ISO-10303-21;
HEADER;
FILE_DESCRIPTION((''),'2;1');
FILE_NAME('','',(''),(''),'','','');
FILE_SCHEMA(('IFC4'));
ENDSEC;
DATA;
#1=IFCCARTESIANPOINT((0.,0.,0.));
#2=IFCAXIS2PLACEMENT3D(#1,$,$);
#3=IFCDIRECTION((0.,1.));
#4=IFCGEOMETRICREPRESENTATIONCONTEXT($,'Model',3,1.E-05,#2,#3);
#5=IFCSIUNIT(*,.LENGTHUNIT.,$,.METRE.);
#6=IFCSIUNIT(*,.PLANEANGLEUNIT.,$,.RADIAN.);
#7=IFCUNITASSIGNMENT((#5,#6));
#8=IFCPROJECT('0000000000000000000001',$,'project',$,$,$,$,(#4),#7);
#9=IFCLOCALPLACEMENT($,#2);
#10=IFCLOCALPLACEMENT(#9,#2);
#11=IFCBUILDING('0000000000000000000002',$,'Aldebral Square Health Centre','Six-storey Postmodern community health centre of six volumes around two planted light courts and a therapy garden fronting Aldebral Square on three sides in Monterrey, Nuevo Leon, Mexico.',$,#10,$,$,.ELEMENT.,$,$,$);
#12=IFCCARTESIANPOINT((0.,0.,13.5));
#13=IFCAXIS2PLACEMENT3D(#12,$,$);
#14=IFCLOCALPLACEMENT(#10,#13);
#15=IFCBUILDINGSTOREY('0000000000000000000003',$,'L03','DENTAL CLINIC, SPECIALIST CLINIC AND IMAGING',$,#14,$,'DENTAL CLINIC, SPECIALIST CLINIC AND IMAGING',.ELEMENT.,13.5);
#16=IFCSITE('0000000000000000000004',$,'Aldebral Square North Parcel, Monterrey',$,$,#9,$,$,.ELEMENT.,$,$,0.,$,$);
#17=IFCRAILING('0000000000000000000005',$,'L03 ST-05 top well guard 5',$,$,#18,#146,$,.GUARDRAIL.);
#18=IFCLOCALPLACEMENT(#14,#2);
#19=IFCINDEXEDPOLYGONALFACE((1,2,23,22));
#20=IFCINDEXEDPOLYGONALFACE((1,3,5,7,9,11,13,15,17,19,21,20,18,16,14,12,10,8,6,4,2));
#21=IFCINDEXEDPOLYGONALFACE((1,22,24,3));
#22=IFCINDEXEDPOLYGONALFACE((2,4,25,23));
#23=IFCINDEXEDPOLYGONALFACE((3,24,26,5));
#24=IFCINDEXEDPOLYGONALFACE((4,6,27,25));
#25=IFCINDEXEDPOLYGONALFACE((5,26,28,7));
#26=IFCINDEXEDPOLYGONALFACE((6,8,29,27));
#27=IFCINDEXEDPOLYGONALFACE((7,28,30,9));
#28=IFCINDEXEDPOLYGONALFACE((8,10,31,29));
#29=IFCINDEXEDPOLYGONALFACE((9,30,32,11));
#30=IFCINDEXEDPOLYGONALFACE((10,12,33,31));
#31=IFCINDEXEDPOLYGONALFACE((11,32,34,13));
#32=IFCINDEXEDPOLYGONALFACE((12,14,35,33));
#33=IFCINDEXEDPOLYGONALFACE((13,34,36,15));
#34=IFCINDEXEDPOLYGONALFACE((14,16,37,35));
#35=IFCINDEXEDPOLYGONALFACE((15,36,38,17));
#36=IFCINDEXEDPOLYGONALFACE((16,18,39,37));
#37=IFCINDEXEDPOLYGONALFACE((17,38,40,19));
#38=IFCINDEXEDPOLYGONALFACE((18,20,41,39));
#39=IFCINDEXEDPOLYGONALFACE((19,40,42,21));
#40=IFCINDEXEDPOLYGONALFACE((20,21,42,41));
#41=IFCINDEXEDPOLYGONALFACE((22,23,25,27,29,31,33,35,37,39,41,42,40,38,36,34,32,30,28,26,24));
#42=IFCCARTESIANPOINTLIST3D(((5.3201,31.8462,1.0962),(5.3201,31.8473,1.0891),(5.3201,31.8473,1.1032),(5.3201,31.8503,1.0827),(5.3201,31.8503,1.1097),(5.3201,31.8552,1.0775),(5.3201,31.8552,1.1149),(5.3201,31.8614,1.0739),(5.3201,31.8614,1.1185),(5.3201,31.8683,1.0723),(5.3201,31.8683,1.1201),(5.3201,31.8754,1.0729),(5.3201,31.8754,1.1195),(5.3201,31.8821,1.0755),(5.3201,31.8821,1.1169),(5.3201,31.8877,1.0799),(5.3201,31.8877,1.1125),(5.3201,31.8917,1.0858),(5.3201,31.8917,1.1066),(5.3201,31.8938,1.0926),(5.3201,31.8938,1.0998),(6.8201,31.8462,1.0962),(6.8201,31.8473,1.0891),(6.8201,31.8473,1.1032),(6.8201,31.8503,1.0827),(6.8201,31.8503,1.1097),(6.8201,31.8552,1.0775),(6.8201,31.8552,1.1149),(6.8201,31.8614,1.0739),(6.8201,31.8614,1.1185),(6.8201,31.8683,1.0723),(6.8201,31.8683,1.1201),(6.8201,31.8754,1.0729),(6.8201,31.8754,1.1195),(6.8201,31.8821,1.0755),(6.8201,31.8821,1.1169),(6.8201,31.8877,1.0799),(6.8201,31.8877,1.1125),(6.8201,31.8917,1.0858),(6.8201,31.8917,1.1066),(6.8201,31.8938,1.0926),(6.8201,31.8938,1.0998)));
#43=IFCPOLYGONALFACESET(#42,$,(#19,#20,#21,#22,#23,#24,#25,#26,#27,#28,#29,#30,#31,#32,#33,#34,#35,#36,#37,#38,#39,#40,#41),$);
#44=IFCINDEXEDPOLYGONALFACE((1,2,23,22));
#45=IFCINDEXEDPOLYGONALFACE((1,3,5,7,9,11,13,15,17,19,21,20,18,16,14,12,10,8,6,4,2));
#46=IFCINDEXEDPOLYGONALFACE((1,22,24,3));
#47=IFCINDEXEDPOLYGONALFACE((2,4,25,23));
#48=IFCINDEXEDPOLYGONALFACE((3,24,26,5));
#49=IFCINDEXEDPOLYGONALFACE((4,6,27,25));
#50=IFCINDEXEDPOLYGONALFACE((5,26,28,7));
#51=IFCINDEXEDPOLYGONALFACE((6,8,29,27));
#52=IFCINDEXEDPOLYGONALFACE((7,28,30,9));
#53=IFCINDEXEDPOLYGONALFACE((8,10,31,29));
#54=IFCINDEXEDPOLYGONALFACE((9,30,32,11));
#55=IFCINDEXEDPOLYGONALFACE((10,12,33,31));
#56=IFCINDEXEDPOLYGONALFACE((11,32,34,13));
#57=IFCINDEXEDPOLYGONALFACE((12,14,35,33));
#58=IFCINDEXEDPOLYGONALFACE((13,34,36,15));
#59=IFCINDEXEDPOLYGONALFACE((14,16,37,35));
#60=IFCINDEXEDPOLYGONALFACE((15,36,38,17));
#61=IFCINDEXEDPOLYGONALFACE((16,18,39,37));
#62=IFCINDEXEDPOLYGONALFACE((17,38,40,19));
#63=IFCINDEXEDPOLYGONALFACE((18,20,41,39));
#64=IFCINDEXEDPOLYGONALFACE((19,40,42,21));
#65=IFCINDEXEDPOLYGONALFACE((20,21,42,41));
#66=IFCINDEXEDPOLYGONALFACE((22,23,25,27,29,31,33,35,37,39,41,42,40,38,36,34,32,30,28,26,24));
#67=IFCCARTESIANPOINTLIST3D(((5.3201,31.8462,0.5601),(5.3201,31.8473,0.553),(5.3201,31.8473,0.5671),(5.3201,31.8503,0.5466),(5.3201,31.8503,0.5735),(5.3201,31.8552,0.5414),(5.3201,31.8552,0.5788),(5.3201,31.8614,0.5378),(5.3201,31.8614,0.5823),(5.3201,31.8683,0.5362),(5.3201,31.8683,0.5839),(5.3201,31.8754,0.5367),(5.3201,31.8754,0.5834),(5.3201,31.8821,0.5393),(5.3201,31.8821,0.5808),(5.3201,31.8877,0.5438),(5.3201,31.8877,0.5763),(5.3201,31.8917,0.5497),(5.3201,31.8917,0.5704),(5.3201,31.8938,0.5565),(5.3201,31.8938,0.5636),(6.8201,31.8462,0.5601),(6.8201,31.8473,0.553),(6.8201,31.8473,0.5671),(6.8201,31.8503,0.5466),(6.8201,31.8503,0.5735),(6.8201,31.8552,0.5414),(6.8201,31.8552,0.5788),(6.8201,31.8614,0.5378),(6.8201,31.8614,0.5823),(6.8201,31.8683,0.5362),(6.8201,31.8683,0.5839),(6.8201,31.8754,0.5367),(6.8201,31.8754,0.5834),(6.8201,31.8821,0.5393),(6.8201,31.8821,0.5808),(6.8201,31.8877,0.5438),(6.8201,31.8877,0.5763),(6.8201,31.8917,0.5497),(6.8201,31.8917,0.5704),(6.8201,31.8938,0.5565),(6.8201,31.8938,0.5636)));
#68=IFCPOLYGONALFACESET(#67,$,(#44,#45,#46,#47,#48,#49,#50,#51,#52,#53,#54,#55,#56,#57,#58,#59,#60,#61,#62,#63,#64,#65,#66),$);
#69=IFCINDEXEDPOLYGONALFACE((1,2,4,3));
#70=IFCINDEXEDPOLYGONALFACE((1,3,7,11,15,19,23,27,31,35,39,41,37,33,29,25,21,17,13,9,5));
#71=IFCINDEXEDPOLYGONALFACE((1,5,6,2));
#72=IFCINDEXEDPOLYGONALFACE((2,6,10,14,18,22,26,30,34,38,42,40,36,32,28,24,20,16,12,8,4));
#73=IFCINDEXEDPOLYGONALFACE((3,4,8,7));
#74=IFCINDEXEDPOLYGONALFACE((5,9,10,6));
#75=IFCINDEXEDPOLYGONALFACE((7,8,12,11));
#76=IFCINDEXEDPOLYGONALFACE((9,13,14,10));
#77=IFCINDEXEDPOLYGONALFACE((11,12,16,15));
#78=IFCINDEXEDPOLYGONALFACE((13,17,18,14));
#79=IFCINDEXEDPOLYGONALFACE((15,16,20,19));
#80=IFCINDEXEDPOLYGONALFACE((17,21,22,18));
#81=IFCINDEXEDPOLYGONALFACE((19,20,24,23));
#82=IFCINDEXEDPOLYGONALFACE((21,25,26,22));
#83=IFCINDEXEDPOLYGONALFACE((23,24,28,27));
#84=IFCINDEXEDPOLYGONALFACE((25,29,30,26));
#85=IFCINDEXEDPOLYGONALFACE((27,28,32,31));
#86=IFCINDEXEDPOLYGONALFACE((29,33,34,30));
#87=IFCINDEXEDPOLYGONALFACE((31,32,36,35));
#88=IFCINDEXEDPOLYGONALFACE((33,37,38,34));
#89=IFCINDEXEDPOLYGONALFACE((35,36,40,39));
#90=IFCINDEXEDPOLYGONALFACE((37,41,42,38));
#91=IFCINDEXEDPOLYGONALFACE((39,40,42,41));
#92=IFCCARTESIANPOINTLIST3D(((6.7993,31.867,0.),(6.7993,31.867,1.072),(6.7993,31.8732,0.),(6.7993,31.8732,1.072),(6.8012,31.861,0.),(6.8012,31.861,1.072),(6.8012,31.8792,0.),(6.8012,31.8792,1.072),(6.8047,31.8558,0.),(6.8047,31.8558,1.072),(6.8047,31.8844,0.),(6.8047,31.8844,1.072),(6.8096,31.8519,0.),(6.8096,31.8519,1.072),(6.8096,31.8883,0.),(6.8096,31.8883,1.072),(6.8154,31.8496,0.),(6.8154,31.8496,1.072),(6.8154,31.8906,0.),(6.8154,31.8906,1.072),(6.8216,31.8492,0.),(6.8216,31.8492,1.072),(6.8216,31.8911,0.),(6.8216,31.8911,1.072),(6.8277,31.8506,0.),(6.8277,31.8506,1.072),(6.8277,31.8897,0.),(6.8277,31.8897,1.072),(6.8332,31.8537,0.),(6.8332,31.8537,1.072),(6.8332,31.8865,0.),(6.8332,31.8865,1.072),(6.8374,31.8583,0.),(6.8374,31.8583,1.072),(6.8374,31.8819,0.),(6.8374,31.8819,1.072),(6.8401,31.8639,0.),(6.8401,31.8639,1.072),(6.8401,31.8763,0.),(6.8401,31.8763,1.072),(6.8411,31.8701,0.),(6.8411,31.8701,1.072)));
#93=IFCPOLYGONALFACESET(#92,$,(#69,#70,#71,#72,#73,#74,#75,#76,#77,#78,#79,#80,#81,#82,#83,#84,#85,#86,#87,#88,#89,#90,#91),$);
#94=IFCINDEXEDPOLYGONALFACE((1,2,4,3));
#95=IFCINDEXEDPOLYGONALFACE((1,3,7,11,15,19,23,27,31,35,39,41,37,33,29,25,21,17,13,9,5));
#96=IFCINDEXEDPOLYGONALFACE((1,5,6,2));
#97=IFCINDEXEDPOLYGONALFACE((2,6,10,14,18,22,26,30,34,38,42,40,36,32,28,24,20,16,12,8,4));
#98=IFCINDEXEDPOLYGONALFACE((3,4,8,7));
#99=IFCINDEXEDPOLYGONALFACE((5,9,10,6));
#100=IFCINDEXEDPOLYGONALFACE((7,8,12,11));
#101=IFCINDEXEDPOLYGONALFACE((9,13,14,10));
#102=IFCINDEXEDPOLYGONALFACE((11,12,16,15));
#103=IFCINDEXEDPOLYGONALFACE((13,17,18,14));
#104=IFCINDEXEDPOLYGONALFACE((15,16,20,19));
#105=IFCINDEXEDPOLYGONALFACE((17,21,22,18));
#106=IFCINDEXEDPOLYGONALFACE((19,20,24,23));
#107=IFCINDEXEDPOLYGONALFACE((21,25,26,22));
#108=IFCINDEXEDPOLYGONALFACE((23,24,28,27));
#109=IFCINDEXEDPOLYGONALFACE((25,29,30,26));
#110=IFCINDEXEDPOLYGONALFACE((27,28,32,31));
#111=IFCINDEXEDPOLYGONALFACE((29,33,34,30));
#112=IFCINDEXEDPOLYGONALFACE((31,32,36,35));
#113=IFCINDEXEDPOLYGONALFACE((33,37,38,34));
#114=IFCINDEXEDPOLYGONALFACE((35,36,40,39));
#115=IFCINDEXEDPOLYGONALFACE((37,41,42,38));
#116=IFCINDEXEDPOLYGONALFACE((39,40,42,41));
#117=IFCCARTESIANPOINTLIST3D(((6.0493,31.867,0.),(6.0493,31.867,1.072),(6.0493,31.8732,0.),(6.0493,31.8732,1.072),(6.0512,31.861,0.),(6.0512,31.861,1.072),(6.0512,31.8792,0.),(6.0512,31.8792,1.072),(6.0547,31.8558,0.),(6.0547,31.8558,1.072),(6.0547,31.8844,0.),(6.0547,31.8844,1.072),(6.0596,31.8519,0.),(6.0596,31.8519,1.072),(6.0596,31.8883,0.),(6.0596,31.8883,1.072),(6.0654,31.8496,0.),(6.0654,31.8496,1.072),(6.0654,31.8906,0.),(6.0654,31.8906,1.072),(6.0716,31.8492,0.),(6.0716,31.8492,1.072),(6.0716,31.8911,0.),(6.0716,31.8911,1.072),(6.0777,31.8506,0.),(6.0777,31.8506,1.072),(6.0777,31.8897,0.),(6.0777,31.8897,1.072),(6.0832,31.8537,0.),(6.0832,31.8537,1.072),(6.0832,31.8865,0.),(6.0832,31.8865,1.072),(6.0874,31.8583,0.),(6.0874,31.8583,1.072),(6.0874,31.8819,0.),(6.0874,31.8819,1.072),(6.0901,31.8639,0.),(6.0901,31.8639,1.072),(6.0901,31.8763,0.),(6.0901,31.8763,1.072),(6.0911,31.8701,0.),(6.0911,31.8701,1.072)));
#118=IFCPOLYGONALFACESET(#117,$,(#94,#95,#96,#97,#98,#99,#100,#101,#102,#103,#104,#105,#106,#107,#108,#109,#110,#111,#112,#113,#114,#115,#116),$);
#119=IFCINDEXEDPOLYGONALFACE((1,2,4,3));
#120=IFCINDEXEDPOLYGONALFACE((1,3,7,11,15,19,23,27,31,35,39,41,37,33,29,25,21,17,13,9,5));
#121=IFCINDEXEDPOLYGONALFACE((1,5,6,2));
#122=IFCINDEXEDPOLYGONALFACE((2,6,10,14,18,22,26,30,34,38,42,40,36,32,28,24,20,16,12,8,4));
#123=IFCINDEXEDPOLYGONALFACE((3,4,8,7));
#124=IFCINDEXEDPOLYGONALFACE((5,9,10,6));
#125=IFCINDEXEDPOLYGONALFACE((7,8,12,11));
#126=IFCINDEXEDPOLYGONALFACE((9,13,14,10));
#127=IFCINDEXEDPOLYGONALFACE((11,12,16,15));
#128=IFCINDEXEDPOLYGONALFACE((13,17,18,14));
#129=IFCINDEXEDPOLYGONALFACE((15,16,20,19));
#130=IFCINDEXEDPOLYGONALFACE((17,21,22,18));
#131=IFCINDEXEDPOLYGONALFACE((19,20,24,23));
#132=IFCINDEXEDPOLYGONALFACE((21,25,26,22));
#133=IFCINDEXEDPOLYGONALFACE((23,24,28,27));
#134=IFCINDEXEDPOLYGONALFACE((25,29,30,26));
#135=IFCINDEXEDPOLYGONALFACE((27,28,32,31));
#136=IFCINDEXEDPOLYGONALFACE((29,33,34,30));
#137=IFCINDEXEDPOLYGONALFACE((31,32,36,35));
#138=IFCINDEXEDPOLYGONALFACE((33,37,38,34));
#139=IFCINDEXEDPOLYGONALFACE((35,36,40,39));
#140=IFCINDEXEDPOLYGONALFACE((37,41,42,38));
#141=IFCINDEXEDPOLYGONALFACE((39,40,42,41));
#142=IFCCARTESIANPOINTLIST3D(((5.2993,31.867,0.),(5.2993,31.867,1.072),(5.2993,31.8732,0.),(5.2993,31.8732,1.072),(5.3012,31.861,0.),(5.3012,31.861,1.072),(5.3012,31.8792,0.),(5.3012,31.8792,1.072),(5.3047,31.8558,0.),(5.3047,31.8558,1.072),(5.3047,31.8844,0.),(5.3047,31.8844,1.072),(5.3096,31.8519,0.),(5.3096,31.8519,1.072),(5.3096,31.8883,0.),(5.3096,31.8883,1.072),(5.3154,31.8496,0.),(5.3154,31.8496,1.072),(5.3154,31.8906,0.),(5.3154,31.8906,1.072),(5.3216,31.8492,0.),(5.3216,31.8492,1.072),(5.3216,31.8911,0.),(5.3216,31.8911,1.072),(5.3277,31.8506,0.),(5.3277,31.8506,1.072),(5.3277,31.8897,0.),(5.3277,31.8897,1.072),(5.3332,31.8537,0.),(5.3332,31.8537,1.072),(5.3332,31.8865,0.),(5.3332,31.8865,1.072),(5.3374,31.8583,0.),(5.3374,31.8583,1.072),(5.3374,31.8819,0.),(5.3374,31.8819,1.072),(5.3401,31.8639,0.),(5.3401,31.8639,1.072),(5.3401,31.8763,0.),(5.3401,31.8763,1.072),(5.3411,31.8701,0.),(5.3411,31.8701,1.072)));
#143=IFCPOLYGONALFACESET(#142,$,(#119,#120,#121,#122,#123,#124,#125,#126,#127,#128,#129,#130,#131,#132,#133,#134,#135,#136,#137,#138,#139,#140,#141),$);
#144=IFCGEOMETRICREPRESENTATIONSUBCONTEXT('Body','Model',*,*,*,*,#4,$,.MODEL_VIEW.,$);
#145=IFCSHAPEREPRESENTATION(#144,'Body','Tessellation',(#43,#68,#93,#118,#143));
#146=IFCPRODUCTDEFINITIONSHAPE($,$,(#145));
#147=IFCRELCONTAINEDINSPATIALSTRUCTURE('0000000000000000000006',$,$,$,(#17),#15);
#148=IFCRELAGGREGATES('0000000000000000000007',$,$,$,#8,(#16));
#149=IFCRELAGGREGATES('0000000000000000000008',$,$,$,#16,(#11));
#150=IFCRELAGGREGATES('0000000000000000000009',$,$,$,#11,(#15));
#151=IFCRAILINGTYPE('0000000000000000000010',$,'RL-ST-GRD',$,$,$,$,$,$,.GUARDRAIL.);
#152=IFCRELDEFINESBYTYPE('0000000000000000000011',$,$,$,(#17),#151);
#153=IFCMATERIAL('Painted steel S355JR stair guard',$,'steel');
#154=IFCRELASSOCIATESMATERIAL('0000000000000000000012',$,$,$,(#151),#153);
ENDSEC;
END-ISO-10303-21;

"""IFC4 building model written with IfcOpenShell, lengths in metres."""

from ifc_helpers import new_model, si_unit, direction, frame, origin, origin_2d, place, context, subcontext, project, spatial, circle, extrude, material, type_object, element, save


model = new_model("IFC4")

# Units and contexts
model_context = context("Model", 3, precision=1e-05, world=origin(), true_north=direction((0.0, 1.0)))
body_context = subcontext(model_context, "Body", "Model", "MODEL_VIEW")
ifc_project = project(units=[si_unit("LENGTHUNIT", "METRE"), si_unit("PLANEANGLEUNIT", "RADIAN")], contexts=[model_context])

# Site, building, storey
site_placement = place(None, origin())
site = spatial("IfcSite", under=ifc_project, at=site_placement, Name="Aldebral Square North Parcel, Monterrey", CompositionType="ELEMENT", RefElevation=0.0)
building_placement = place(site_placement, origin())
building = spatial("IfcBuilding", under=site, at=building_placement, Name="Aldebral Square Health Centre", Description="Six-storey Postmodern community health centre of six volumes around two planted light courts and a therapy garden fronting Aldebral Square on three sides in Monterrey, Nuevo Leon, Mexico.", CompositionType="ELEMENT")
storey_placement = place(building_placement, frame((0.0, 0.0, 13.5)))
storey = spatial("IfcBuildingStorey", under=building, at=storey_placement, Name="L03", Description="DENTAL CLINIC, SPECIALIST CLINIC AND IMAGING", LongName="DENTAL CLINIC, SPECIALIST CLINIC AND IMAGING", CompositionType="ELEMENT", Elevation=13.5)

# Railing
ifc_material_1 = material(Name="Painted steel S355JR stair guard", Category="steel")
railing_type = type_object("IfcRailingType", Name="RL-ST-GRD", PredefinedType="GUARDRAIL", material=ifc_material_1)
for number, where, name in (
    (1, (6.8201, 31.8701, 0.0), "L03 ST-05 top well guard 5"),
):
    element("IfcRailing", number, at=place(storey_placement, frame(where)), inside=storey, type_object=railing_type, Name=name, PredefinedType="GUARDRAIL", context=body_context, shape_type="SweptSolid", body=[
        extrude(circle(Radius=0.0239, at=origin_2d()), frame((0.0, 0.0, 1.0962), z_axis=(-1.0, 0.0, 0.0), x_axis=(0.0, -1.0, 0.0)), (0.0, 0.0, 1.0), 1.5),
        extrude(circle(Radius=0.0239, at=origin_2d()), frame((0.0, 0.0, 0.5601), z_axis=(-1.0, 0.0, 0.0), x_axis=(0.0, -1.0, 0.0)), (0.0, 0.0, 1.0), 1.5),
        extrude(circle(Radius=0.021, at=origin_2d()), origin(), (0.0, 0.0, 1.0), 1.072),
        extrude(circle(Radius=0.021, at=origin_2d()), frame((-0.75, 0.0, 0.0)), (0.0, 0.0, 1.0), 1.072),
        extrude(circle(Radius=0.021, at=origin_2d()), frame((-1.5, 0.0, 0.0)), (0.0, 0.0, 1.0), 1.072),
    ])

save(model, "model.ifc")
